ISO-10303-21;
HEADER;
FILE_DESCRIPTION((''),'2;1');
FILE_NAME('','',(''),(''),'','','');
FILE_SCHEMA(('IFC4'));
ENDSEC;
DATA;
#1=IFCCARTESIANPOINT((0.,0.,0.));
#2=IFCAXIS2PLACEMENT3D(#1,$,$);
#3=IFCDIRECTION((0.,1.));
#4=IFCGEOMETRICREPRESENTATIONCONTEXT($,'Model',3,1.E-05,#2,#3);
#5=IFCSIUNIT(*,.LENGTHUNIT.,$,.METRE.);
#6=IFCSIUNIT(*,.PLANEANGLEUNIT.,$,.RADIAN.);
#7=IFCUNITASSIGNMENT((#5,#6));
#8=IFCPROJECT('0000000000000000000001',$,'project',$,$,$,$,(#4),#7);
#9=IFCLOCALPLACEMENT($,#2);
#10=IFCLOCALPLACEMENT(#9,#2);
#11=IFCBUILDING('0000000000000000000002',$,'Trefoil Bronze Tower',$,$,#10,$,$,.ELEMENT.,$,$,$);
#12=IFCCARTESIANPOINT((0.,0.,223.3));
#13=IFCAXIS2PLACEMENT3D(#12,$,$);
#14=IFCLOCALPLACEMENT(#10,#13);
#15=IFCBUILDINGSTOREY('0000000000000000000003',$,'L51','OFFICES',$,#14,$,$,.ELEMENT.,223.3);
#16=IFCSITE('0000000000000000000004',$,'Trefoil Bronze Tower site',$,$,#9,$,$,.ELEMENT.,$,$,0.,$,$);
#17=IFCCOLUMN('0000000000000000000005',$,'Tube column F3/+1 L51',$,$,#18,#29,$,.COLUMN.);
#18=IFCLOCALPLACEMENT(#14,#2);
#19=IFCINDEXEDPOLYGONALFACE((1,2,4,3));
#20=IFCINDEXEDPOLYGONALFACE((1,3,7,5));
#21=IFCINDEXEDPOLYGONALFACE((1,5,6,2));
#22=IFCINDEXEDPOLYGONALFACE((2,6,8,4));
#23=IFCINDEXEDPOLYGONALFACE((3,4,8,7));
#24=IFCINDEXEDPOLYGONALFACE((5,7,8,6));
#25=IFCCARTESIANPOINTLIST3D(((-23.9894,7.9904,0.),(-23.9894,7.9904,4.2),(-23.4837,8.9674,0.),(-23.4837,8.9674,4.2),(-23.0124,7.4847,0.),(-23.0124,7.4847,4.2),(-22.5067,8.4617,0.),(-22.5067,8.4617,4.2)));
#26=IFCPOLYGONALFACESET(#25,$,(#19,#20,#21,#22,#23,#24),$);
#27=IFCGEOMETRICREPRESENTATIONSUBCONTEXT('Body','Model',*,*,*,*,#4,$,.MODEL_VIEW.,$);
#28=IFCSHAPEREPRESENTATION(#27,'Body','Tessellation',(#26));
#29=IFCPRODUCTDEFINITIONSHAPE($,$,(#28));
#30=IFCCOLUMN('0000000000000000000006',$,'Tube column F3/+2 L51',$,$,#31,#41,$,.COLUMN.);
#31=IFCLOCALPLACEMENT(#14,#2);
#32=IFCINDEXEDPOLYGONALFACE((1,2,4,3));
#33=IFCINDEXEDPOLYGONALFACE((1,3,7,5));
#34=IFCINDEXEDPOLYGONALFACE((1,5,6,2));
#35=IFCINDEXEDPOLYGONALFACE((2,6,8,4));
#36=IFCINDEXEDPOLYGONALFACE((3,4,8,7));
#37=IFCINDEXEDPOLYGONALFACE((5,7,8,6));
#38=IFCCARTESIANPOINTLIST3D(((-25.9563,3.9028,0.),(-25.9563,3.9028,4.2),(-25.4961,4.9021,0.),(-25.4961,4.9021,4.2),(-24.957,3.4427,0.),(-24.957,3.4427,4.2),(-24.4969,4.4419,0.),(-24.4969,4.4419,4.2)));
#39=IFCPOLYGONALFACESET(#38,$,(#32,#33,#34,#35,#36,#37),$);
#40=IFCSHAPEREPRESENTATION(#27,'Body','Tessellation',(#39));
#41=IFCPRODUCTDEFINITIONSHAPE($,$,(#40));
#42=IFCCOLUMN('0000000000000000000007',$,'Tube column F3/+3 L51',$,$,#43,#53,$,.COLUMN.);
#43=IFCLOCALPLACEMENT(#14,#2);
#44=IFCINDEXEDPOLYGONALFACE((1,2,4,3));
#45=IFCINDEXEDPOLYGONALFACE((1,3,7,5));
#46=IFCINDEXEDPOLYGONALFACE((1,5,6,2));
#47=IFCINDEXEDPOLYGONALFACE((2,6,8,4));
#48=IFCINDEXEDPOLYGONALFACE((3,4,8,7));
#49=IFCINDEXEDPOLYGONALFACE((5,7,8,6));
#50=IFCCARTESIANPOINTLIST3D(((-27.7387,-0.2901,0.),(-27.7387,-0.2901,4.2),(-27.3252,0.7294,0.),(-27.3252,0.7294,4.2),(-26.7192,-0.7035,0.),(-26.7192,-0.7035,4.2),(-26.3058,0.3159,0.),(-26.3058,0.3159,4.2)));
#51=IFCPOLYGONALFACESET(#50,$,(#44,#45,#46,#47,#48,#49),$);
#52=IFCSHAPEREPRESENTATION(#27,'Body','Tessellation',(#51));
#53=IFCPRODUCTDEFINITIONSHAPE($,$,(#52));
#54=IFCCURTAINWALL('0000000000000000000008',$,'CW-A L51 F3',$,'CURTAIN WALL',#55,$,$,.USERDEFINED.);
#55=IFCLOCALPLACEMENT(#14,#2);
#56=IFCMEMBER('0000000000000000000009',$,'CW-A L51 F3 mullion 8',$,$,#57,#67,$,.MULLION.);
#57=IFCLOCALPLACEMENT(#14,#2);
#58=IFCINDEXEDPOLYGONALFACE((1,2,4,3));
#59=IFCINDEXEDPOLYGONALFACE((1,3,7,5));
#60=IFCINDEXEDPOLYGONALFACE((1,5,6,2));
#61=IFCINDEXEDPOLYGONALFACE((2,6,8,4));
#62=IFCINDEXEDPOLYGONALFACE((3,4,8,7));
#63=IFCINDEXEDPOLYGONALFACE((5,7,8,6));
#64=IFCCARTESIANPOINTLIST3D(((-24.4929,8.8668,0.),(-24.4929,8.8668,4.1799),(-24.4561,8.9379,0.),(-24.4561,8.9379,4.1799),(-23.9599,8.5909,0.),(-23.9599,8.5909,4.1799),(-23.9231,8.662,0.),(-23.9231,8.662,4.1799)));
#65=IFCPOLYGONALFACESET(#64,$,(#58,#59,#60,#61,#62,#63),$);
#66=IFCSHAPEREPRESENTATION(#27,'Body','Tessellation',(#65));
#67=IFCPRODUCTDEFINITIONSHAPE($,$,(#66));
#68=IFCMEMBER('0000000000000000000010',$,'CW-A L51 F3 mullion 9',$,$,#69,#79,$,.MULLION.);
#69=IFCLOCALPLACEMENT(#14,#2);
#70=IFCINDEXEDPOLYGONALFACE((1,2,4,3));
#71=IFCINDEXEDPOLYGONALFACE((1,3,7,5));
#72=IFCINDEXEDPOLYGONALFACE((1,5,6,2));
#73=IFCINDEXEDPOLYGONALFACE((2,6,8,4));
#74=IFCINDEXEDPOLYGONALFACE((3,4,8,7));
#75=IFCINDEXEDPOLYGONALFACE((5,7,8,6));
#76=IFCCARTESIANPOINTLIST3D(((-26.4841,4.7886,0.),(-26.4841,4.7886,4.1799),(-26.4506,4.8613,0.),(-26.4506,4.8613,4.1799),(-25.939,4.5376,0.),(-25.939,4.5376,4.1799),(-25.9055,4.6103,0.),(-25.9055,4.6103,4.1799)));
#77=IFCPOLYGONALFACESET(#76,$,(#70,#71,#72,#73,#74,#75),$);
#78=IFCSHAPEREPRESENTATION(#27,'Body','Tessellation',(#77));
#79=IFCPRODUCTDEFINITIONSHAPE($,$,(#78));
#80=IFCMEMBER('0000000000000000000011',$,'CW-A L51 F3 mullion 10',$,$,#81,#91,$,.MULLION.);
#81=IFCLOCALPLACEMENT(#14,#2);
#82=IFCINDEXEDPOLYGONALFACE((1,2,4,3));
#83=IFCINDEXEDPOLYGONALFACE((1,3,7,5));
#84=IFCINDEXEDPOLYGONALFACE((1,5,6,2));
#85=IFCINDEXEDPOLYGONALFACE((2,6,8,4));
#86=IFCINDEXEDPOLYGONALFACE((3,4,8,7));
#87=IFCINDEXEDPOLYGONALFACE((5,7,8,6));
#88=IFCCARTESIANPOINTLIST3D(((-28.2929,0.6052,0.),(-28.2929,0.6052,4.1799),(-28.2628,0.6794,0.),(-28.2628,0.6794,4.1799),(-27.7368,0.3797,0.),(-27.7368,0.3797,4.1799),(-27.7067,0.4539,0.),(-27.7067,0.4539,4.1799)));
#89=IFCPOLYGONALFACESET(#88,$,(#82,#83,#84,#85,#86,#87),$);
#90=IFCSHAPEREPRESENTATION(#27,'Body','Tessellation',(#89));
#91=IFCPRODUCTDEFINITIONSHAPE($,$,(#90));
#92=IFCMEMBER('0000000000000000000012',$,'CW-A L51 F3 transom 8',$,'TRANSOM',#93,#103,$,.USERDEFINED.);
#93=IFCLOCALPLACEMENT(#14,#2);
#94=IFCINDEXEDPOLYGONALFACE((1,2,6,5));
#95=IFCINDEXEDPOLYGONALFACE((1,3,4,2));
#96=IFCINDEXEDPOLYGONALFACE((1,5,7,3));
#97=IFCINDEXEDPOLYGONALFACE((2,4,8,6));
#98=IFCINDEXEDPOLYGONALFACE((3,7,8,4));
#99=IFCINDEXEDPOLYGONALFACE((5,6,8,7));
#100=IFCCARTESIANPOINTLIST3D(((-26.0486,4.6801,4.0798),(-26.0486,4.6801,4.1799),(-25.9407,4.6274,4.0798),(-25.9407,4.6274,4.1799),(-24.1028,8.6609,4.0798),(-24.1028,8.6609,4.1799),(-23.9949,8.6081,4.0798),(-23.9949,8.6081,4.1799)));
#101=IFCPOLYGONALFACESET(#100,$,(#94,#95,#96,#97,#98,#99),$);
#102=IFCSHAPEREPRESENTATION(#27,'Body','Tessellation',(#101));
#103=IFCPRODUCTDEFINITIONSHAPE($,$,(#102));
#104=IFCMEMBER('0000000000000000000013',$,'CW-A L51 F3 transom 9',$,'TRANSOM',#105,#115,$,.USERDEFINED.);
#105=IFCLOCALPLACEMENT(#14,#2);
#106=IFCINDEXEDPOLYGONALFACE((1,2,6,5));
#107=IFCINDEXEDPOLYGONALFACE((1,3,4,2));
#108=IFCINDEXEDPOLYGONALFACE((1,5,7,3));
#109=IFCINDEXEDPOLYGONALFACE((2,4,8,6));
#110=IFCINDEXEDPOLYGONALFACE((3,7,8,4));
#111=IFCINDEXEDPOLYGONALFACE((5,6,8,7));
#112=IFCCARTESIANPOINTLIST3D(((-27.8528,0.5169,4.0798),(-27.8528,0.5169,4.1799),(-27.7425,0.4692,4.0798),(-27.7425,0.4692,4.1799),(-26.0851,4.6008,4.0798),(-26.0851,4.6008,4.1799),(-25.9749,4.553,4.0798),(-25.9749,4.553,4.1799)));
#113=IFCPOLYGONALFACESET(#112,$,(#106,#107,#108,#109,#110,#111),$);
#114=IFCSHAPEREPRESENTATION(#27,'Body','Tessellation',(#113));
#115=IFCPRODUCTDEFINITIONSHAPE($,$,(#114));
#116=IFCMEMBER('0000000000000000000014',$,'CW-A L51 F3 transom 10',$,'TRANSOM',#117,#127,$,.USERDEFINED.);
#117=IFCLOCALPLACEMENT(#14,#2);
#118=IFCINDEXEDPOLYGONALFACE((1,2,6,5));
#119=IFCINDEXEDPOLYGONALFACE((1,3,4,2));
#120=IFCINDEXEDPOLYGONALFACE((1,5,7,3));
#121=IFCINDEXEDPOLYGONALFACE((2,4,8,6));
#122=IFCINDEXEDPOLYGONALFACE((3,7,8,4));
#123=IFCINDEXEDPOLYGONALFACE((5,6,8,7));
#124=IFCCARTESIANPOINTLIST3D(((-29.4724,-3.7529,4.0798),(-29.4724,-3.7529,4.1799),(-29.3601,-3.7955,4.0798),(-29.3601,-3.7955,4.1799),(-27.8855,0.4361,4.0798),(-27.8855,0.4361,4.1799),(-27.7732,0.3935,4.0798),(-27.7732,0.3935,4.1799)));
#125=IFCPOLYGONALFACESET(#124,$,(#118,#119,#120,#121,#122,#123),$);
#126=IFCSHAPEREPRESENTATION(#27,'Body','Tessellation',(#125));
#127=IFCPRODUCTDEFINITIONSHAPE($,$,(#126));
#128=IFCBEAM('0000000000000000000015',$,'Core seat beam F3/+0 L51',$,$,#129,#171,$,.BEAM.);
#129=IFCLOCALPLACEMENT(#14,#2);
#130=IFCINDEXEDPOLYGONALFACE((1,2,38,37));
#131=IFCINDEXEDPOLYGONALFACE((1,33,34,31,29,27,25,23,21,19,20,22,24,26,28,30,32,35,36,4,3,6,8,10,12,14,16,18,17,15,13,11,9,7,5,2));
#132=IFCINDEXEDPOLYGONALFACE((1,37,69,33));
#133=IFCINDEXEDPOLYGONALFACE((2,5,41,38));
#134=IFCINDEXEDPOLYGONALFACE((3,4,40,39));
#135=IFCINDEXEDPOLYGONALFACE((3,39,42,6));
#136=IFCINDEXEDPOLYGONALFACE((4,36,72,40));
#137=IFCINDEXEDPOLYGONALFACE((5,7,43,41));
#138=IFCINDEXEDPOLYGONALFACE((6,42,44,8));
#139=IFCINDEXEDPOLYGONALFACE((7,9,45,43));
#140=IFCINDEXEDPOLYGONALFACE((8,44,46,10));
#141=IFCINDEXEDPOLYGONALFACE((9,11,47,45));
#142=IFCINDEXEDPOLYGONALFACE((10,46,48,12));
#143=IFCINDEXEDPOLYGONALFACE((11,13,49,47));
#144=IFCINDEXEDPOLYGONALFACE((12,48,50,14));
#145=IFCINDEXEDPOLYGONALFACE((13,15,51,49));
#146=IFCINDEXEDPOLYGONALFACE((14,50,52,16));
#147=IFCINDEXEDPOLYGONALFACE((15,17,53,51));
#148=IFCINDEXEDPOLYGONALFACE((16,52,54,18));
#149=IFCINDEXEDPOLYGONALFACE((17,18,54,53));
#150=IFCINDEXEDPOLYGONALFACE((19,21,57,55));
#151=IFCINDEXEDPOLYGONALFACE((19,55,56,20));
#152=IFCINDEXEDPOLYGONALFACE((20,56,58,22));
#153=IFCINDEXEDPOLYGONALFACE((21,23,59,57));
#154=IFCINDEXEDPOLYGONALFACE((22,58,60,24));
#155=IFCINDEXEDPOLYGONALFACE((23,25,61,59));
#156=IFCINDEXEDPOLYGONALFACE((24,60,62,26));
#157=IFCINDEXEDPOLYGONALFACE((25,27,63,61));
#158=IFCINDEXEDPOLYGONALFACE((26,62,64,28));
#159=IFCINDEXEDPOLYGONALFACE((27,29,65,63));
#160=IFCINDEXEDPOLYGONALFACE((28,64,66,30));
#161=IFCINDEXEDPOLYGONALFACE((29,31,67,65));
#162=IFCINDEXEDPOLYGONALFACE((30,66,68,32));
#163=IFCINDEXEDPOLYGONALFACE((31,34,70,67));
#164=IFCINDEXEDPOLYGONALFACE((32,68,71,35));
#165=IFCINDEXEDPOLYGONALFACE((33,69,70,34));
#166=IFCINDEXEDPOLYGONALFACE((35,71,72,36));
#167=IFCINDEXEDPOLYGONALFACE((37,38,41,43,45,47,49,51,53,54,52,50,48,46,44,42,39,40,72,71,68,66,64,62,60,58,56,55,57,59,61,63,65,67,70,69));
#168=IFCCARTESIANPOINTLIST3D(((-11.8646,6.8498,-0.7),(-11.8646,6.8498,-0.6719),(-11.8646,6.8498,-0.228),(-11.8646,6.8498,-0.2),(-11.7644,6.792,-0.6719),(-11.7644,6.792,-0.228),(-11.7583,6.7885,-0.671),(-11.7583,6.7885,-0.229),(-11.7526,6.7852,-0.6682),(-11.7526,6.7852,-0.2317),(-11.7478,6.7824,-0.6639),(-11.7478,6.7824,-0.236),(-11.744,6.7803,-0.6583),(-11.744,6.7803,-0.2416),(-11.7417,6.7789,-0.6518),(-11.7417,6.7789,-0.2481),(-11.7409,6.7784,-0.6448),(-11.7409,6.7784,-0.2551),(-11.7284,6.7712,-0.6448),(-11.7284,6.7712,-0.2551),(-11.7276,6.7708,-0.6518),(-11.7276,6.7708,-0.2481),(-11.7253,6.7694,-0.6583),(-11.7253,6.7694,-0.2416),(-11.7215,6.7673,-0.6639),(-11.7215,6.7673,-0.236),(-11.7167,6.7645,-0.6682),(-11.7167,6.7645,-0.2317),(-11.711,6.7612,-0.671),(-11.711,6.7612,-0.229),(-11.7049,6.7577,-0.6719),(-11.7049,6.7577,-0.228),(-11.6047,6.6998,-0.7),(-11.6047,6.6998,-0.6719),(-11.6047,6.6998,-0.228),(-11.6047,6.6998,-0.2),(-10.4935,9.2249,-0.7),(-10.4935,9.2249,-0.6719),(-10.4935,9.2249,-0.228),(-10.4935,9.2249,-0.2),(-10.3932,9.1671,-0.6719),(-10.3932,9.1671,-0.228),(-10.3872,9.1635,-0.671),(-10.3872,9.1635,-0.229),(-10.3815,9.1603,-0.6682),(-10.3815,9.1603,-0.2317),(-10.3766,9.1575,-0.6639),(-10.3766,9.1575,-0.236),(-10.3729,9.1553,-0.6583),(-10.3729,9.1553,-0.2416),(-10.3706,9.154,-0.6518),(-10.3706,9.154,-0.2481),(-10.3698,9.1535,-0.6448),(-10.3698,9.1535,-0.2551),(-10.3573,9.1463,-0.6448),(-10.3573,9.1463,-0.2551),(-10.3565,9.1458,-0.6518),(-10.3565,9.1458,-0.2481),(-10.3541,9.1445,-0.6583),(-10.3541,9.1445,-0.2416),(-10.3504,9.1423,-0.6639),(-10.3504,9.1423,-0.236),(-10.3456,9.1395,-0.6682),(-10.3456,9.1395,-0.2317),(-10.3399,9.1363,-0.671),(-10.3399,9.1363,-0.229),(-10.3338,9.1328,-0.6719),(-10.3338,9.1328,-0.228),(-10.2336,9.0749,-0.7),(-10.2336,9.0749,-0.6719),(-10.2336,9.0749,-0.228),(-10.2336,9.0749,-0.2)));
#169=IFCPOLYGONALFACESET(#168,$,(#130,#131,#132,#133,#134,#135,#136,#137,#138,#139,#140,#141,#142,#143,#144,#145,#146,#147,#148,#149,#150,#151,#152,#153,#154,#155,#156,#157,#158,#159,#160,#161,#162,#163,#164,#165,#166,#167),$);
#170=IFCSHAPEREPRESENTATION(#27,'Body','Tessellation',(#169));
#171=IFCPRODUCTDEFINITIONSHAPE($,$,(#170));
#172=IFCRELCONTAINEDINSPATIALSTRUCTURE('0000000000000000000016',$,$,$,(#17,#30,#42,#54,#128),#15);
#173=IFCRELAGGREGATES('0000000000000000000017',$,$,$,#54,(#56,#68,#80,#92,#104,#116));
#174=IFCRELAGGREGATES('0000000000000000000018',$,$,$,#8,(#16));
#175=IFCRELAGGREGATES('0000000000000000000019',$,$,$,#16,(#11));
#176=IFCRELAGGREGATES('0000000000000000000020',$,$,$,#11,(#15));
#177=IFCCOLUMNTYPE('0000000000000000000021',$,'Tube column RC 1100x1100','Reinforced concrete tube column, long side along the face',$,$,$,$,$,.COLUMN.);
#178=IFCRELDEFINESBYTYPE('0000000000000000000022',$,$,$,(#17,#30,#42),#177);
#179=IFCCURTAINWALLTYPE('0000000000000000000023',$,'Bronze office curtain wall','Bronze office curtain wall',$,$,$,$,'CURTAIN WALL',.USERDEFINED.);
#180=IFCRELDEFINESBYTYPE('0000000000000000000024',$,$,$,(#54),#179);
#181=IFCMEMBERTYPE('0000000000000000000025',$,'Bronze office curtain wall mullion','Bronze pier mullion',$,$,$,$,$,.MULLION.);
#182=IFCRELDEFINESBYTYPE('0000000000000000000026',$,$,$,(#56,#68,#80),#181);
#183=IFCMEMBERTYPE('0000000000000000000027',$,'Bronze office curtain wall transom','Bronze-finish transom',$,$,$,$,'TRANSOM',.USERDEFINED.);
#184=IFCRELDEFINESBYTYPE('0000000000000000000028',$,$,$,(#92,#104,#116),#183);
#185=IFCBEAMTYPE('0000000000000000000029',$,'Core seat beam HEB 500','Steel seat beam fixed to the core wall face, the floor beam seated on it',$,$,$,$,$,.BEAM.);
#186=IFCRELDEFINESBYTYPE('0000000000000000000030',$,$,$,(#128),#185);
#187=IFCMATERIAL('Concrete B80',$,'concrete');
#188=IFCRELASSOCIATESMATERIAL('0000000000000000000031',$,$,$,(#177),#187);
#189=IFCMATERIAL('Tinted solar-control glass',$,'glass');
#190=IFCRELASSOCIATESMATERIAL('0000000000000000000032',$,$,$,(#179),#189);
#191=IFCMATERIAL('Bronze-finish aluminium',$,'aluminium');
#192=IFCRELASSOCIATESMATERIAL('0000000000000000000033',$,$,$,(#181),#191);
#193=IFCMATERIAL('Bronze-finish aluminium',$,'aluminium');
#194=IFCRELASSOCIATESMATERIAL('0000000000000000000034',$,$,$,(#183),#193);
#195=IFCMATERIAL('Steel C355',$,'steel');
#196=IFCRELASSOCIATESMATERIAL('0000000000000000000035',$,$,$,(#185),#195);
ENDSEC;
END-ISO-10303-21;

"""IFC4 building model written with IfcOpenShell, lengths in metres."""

from ifc_helpers import new_model, si_unit, direction, frame, origin, origin_2d, place, context, subcontext, project, spatial, rectangle, i_section, extrude, material, material_profile, profile_set, type_object, element, aggregate, save


model = new_model("IFC4")

# Units and contexts
model_context = context("Model", 3, precision=1e-05, world=origin(), true_north=direction((0.0, 1.0)))
body_context = subcontext(model_context, "Body", "Model", "MODEL_VIEW")
ifc_project = project(units=[si_unit("LENGTHUNIT", "METRE"), si_unit("PLANEANGLEUNIT", "RADIAN")], contexts=[model_context])

# Site, building, storey
site_placement = place(None, origin())
site = spatial("IfcSite", under=ifc_project, at=site_placement, Name="Trefoil Bronze Tower site", CompositionType="ELEMENT", RefElevation=0.0)
building_placement = place(site_placement, origin())
building = spatial("IfcBuilding", under=site, at=building_placement, Name="Trefoil Bronze Tower", CompositionType="ELEMENT")
storey_placement = place(building_placement, frame((0.0, 0.0, 223.3)))
storey = spatial("IfcBuildingStorey", under=building, at=storey_placement, Name="L51", Description="OFFICES", CompositionType="ELEMENT", Elevation=223.3)

# Columns
ifc_material_1 = material(Name="Concrete B80", Category="concrete")
ifc_material_profile_1 = material_profile(ifc_material_1, rectangle(XDim=1.1001, YDim=1.1001, at=origin_2d()), Name="RC 1100x1100")
ifc_profile_set_1 = profile_set([ifc_material_profile_1], Name="Concrete B80")
column_type = type_object("IfcColumnType", Name="Tube column RC 1100x1100", Description="Reinforced concrete tube column, long side along the face", PredefinedType="COLUMN", material=ifc_profile_set_1)
for number, where, z_axis, x_axis, name in (
    (1, (-23.248, 8.2261, 0.0), (0.0, 0.0, 1.0), (-0.459673, -0.888088, 0.0), "Tube column F3/+1 L51"),
    (2, (-25.2266, 4.1724, 0.0), (0.0, 0.0, 1.0), (-0.418286, -0.908315, 0.0), "Tube column F3/+2 L51"),
    (3, (-27.0222, 0.0129, 0.0), (0.0, 0.0, 1.0), (-0.375828, -0.926689, 0.0), "Tube column F3/+3 L51"),
):
    element("IfcColumn", number, at=place(storey_placement, frame(where, z_axis=z_axis, x_axis=x_axis)), inside=storey, type_object=column_type, Name=name, PredefinedType="COLUMN", context=body_context, shape_type="SweptSolid", body=[
        extrude(rectangle(XDim=1.1001, YDim=1.1001, at=origin_2d()), origin(), (0.0, 0.0, 1.0), 4.2),
    ])

# Curtain wall, members
ifc_material_2 = material(Name="Tinted solar-control glass", Category="glass")
curtain_wall_type = type_object("IfcCurtainWallType", Name="Bronze office curtain wall", Description="Bronze office curtain wall", ElementType="CURTAIN WALL", PredefinedType="USERDEFINED", material=ifc_material_2)
curtain_wall_placement = place(storey_placement, origin())
curtain_wall = element("IfcCurtainWall", 4, at=curtain_wall_placement, inside=storey, type_object=curtain_wall_type, Name="CW-A L51 F3", ObjectType="CURTAIN WALL", PredefinedType="USERDEFINED")
ifc_material_3 = material(Name="Bronze-finish aluminium", Category="aluminium")
ifc_material_profile_2 = material_profile(ifc_material_3, rectangle(XDim=0.6001, YDim=0.0801, at=origin_2d()), Name="CW-A mullion")
ifc_profile_set_2 = profile_set([ifc_material_profile_2], Name="Bronze-finish aluminium")
member_type_1 = type_object("IfcMemberType", Name="Bronze office curtain wall mullion", Description="Bronze pier mullion", PredefinedType="MULLION", material=ifc_profile_set_2)
member_1_placement = place(storey_placement, frame((-24.208, 8.7644, 0.0), z_axis=(0.0, 0.0, 1.0), x_axis=(0.888088, -0.459673, 0.0)))
member_1 = element("IfcMember", 5, at=member_1_placement, type_object=member_type_1, Name="CW-A L51 F3 mullion 8", PredefinedType="MULLION", context=body_context, shape_type="SweptSolid", body=[
    extrude(rectangle(XDim=0.6001, YDim=0.0801, at=origin_2d()), origin(), (0.0, 0.0, 1.0), 4.1799),
])
member_2_placement = place(storey_placement, frame((-26.1948, 4.6995, 0.0), z_axis=(0.0, 0.0, 1.0), x_axis=(0.908315, -0.418286, 0.0)))
member_2 = element("IfcMember", 6, at=member_2_placement, type_object=member_type_1, Name="CW-A L51 F3 mullion 9", PredefinedType="MULLION", context=body_context, shape_type="SweptSolid", body=[
    extrude(rectangle(XDim=0.6001, YDim=0.0801, at=origin_2d()), origin(), (0.0, 0.0, 1.0), 4.1799),
])
member_3_placement = place(storey_placement, frame((-27.9998, 0.5295, 0.0), z_axis=(0.0, 0.0, 1.0), x_axis=(0.926689, -0.375828, 0.0)))
member_3 = element("IfcMember", 7, at=member_3_placement, type_object=member_type_1, Name="CW-A L51 F3 mullion 10", PredefinedType="MULLION", context=body_context, shape_type="SweptSolid", body=[
    extrude(rectangle(XDim=0.6001, YDim=0.0801, at=origin_2d()), origin(), (0.0, 0.0, 1.0), 4.1799),
])
ifc_material_4 = material(Name="Bronze-finish aluminium", Category="aluminium")
ifc_material_profile_3 = material_profile(ifc_material_4, rectangle(XDim=0.1201, YDim=0.1001, at=origin_2d()), Name="CW-A transom")
ifc_profile_set_3 = profile_set([ifc_material_profile_3], Name="Bronze-finish aluminium")
member_type_2 = type_object("IfcMemberType", Name="Bronze office curtain wall transom", Description="Bronze-finish transom", ElementType="TRANSOM", PredefinedType="USERDEFINED", material=ifc_profile_set_3)
member_4_placement = place(storey_placement, frame((-24.0488, 8.6345, 4.1299), z_axis=(-0.439151, -0.898413, 0.0), x_axis=(0.898413, -0.439151, 0.0)))
member_4 = element("IfcMember", 8, at=member_4_placement, type_object=member_type_2, Name="CW-A L51 F3 transom 8", ObjectType="TRANSOM", PredefinedType="USERDEFINED", context=body_context, shape_type="SweptSolid", body=[
    extrude(rectangle(XDim=0.1201, YDim=0.1001, at=origin_2d()), origin(), (0.0, 0.0, 1.0), 4.4309),
])
member_5_placement = place(storey_placement, frame((-26.03, 4.5769, 4.1299), z_axis=(-0.397221, -0.917723, 0.0), x_axis=(0.917723, -0.397221, 0.0)))
member_5 = element("IfcMember", 9, at=member_5_placement, type_object=member_type_2, Name="CW-A L51 F3 transom 9", ObjectType="TRANSOM", PredefinedType="USERDEFINED", context=body_context, shape_type="SweptSolid", body=[
    extrude(rectangle(XDim=0.1201, YDim=0.1001, at=origin_2d()), origin(), (0.0, 0.0, 1.0), 4.45),
])
member_6_placement = place(storey_placement, frame((-27.8293, 0.4148, 4.1299), z_axis=(-0.354263, -0.935146, 0.0), x_axis=(0.935146, -0.354263, 0.0)))
member_6 = element("IfcMember", 10, at=member_6_placement, type_object=member_type_2, Name="CW-A L51 F3 transom 10", ObjectType="TRANSOM", PredefinedType="USERDEFINED", context=body_context, shape_type="SweptSolid", body=[
    extrude(rectangle(XDim=0.1201, YDim=0.1001, at=origin_2d()), origin(), (0.0, 0.0, 1.0), 4.4795),
])

# Beam
ifc_material_5 = material(Name="Steel C355", Category="steel")
ifc_material_profile_4 = material_profile(ifc_material_5, i_section(OverallWidth=0.3, OverallDepth=0.5, WebThickness=0.0144, FlangeThickness=0.0281, FilletRadius=0.0271, at=origin_2d()), Name="HEB 500")
ifc_profile_set_4 = profile_set([ifc_material_profile_4], Name="Steel C355")
beam_type_1 = type_object("IfcBeamType", Name="Core seat beam HEB 500", Description="Steel seat beam fixed to the core wall face, the floor beam seated on it", PredefinedType="BEAM", material=ifc_profile_set_4)
for number, where, z_axis, x_axis, name in (
    (11, (-10.3635, 9.1499, -0.45), (-0.499969, -0.866043, 0.0), (0.866043, -0.499969, 0.0), "Core seat beam F3/+0 L51"),
):
    element("IfcBeam", number, at=place(storey_placement, frame(where, z_axis=z_axis, x_axis=x_axis)), inside=storey, type_object=beam_type_1, Name=name, PredefinedType="BEAM", context=body_context, shape_type="SweptSolid", body=[
        extrude(i_section(OverallWidth=0.3, OverallDepth=0.5, WebThickness=0.0144, FlangeThickness=0.0281, FilletRadius=0.0271, at=origin_2d()), origin(), (0.0, 0.0, 1.0), 2.7424),
    ])

aggregate(curtain_wall, [member_1, member_2, member_3, member_4, member_5, member_6])

save(model, "model.ifc")
